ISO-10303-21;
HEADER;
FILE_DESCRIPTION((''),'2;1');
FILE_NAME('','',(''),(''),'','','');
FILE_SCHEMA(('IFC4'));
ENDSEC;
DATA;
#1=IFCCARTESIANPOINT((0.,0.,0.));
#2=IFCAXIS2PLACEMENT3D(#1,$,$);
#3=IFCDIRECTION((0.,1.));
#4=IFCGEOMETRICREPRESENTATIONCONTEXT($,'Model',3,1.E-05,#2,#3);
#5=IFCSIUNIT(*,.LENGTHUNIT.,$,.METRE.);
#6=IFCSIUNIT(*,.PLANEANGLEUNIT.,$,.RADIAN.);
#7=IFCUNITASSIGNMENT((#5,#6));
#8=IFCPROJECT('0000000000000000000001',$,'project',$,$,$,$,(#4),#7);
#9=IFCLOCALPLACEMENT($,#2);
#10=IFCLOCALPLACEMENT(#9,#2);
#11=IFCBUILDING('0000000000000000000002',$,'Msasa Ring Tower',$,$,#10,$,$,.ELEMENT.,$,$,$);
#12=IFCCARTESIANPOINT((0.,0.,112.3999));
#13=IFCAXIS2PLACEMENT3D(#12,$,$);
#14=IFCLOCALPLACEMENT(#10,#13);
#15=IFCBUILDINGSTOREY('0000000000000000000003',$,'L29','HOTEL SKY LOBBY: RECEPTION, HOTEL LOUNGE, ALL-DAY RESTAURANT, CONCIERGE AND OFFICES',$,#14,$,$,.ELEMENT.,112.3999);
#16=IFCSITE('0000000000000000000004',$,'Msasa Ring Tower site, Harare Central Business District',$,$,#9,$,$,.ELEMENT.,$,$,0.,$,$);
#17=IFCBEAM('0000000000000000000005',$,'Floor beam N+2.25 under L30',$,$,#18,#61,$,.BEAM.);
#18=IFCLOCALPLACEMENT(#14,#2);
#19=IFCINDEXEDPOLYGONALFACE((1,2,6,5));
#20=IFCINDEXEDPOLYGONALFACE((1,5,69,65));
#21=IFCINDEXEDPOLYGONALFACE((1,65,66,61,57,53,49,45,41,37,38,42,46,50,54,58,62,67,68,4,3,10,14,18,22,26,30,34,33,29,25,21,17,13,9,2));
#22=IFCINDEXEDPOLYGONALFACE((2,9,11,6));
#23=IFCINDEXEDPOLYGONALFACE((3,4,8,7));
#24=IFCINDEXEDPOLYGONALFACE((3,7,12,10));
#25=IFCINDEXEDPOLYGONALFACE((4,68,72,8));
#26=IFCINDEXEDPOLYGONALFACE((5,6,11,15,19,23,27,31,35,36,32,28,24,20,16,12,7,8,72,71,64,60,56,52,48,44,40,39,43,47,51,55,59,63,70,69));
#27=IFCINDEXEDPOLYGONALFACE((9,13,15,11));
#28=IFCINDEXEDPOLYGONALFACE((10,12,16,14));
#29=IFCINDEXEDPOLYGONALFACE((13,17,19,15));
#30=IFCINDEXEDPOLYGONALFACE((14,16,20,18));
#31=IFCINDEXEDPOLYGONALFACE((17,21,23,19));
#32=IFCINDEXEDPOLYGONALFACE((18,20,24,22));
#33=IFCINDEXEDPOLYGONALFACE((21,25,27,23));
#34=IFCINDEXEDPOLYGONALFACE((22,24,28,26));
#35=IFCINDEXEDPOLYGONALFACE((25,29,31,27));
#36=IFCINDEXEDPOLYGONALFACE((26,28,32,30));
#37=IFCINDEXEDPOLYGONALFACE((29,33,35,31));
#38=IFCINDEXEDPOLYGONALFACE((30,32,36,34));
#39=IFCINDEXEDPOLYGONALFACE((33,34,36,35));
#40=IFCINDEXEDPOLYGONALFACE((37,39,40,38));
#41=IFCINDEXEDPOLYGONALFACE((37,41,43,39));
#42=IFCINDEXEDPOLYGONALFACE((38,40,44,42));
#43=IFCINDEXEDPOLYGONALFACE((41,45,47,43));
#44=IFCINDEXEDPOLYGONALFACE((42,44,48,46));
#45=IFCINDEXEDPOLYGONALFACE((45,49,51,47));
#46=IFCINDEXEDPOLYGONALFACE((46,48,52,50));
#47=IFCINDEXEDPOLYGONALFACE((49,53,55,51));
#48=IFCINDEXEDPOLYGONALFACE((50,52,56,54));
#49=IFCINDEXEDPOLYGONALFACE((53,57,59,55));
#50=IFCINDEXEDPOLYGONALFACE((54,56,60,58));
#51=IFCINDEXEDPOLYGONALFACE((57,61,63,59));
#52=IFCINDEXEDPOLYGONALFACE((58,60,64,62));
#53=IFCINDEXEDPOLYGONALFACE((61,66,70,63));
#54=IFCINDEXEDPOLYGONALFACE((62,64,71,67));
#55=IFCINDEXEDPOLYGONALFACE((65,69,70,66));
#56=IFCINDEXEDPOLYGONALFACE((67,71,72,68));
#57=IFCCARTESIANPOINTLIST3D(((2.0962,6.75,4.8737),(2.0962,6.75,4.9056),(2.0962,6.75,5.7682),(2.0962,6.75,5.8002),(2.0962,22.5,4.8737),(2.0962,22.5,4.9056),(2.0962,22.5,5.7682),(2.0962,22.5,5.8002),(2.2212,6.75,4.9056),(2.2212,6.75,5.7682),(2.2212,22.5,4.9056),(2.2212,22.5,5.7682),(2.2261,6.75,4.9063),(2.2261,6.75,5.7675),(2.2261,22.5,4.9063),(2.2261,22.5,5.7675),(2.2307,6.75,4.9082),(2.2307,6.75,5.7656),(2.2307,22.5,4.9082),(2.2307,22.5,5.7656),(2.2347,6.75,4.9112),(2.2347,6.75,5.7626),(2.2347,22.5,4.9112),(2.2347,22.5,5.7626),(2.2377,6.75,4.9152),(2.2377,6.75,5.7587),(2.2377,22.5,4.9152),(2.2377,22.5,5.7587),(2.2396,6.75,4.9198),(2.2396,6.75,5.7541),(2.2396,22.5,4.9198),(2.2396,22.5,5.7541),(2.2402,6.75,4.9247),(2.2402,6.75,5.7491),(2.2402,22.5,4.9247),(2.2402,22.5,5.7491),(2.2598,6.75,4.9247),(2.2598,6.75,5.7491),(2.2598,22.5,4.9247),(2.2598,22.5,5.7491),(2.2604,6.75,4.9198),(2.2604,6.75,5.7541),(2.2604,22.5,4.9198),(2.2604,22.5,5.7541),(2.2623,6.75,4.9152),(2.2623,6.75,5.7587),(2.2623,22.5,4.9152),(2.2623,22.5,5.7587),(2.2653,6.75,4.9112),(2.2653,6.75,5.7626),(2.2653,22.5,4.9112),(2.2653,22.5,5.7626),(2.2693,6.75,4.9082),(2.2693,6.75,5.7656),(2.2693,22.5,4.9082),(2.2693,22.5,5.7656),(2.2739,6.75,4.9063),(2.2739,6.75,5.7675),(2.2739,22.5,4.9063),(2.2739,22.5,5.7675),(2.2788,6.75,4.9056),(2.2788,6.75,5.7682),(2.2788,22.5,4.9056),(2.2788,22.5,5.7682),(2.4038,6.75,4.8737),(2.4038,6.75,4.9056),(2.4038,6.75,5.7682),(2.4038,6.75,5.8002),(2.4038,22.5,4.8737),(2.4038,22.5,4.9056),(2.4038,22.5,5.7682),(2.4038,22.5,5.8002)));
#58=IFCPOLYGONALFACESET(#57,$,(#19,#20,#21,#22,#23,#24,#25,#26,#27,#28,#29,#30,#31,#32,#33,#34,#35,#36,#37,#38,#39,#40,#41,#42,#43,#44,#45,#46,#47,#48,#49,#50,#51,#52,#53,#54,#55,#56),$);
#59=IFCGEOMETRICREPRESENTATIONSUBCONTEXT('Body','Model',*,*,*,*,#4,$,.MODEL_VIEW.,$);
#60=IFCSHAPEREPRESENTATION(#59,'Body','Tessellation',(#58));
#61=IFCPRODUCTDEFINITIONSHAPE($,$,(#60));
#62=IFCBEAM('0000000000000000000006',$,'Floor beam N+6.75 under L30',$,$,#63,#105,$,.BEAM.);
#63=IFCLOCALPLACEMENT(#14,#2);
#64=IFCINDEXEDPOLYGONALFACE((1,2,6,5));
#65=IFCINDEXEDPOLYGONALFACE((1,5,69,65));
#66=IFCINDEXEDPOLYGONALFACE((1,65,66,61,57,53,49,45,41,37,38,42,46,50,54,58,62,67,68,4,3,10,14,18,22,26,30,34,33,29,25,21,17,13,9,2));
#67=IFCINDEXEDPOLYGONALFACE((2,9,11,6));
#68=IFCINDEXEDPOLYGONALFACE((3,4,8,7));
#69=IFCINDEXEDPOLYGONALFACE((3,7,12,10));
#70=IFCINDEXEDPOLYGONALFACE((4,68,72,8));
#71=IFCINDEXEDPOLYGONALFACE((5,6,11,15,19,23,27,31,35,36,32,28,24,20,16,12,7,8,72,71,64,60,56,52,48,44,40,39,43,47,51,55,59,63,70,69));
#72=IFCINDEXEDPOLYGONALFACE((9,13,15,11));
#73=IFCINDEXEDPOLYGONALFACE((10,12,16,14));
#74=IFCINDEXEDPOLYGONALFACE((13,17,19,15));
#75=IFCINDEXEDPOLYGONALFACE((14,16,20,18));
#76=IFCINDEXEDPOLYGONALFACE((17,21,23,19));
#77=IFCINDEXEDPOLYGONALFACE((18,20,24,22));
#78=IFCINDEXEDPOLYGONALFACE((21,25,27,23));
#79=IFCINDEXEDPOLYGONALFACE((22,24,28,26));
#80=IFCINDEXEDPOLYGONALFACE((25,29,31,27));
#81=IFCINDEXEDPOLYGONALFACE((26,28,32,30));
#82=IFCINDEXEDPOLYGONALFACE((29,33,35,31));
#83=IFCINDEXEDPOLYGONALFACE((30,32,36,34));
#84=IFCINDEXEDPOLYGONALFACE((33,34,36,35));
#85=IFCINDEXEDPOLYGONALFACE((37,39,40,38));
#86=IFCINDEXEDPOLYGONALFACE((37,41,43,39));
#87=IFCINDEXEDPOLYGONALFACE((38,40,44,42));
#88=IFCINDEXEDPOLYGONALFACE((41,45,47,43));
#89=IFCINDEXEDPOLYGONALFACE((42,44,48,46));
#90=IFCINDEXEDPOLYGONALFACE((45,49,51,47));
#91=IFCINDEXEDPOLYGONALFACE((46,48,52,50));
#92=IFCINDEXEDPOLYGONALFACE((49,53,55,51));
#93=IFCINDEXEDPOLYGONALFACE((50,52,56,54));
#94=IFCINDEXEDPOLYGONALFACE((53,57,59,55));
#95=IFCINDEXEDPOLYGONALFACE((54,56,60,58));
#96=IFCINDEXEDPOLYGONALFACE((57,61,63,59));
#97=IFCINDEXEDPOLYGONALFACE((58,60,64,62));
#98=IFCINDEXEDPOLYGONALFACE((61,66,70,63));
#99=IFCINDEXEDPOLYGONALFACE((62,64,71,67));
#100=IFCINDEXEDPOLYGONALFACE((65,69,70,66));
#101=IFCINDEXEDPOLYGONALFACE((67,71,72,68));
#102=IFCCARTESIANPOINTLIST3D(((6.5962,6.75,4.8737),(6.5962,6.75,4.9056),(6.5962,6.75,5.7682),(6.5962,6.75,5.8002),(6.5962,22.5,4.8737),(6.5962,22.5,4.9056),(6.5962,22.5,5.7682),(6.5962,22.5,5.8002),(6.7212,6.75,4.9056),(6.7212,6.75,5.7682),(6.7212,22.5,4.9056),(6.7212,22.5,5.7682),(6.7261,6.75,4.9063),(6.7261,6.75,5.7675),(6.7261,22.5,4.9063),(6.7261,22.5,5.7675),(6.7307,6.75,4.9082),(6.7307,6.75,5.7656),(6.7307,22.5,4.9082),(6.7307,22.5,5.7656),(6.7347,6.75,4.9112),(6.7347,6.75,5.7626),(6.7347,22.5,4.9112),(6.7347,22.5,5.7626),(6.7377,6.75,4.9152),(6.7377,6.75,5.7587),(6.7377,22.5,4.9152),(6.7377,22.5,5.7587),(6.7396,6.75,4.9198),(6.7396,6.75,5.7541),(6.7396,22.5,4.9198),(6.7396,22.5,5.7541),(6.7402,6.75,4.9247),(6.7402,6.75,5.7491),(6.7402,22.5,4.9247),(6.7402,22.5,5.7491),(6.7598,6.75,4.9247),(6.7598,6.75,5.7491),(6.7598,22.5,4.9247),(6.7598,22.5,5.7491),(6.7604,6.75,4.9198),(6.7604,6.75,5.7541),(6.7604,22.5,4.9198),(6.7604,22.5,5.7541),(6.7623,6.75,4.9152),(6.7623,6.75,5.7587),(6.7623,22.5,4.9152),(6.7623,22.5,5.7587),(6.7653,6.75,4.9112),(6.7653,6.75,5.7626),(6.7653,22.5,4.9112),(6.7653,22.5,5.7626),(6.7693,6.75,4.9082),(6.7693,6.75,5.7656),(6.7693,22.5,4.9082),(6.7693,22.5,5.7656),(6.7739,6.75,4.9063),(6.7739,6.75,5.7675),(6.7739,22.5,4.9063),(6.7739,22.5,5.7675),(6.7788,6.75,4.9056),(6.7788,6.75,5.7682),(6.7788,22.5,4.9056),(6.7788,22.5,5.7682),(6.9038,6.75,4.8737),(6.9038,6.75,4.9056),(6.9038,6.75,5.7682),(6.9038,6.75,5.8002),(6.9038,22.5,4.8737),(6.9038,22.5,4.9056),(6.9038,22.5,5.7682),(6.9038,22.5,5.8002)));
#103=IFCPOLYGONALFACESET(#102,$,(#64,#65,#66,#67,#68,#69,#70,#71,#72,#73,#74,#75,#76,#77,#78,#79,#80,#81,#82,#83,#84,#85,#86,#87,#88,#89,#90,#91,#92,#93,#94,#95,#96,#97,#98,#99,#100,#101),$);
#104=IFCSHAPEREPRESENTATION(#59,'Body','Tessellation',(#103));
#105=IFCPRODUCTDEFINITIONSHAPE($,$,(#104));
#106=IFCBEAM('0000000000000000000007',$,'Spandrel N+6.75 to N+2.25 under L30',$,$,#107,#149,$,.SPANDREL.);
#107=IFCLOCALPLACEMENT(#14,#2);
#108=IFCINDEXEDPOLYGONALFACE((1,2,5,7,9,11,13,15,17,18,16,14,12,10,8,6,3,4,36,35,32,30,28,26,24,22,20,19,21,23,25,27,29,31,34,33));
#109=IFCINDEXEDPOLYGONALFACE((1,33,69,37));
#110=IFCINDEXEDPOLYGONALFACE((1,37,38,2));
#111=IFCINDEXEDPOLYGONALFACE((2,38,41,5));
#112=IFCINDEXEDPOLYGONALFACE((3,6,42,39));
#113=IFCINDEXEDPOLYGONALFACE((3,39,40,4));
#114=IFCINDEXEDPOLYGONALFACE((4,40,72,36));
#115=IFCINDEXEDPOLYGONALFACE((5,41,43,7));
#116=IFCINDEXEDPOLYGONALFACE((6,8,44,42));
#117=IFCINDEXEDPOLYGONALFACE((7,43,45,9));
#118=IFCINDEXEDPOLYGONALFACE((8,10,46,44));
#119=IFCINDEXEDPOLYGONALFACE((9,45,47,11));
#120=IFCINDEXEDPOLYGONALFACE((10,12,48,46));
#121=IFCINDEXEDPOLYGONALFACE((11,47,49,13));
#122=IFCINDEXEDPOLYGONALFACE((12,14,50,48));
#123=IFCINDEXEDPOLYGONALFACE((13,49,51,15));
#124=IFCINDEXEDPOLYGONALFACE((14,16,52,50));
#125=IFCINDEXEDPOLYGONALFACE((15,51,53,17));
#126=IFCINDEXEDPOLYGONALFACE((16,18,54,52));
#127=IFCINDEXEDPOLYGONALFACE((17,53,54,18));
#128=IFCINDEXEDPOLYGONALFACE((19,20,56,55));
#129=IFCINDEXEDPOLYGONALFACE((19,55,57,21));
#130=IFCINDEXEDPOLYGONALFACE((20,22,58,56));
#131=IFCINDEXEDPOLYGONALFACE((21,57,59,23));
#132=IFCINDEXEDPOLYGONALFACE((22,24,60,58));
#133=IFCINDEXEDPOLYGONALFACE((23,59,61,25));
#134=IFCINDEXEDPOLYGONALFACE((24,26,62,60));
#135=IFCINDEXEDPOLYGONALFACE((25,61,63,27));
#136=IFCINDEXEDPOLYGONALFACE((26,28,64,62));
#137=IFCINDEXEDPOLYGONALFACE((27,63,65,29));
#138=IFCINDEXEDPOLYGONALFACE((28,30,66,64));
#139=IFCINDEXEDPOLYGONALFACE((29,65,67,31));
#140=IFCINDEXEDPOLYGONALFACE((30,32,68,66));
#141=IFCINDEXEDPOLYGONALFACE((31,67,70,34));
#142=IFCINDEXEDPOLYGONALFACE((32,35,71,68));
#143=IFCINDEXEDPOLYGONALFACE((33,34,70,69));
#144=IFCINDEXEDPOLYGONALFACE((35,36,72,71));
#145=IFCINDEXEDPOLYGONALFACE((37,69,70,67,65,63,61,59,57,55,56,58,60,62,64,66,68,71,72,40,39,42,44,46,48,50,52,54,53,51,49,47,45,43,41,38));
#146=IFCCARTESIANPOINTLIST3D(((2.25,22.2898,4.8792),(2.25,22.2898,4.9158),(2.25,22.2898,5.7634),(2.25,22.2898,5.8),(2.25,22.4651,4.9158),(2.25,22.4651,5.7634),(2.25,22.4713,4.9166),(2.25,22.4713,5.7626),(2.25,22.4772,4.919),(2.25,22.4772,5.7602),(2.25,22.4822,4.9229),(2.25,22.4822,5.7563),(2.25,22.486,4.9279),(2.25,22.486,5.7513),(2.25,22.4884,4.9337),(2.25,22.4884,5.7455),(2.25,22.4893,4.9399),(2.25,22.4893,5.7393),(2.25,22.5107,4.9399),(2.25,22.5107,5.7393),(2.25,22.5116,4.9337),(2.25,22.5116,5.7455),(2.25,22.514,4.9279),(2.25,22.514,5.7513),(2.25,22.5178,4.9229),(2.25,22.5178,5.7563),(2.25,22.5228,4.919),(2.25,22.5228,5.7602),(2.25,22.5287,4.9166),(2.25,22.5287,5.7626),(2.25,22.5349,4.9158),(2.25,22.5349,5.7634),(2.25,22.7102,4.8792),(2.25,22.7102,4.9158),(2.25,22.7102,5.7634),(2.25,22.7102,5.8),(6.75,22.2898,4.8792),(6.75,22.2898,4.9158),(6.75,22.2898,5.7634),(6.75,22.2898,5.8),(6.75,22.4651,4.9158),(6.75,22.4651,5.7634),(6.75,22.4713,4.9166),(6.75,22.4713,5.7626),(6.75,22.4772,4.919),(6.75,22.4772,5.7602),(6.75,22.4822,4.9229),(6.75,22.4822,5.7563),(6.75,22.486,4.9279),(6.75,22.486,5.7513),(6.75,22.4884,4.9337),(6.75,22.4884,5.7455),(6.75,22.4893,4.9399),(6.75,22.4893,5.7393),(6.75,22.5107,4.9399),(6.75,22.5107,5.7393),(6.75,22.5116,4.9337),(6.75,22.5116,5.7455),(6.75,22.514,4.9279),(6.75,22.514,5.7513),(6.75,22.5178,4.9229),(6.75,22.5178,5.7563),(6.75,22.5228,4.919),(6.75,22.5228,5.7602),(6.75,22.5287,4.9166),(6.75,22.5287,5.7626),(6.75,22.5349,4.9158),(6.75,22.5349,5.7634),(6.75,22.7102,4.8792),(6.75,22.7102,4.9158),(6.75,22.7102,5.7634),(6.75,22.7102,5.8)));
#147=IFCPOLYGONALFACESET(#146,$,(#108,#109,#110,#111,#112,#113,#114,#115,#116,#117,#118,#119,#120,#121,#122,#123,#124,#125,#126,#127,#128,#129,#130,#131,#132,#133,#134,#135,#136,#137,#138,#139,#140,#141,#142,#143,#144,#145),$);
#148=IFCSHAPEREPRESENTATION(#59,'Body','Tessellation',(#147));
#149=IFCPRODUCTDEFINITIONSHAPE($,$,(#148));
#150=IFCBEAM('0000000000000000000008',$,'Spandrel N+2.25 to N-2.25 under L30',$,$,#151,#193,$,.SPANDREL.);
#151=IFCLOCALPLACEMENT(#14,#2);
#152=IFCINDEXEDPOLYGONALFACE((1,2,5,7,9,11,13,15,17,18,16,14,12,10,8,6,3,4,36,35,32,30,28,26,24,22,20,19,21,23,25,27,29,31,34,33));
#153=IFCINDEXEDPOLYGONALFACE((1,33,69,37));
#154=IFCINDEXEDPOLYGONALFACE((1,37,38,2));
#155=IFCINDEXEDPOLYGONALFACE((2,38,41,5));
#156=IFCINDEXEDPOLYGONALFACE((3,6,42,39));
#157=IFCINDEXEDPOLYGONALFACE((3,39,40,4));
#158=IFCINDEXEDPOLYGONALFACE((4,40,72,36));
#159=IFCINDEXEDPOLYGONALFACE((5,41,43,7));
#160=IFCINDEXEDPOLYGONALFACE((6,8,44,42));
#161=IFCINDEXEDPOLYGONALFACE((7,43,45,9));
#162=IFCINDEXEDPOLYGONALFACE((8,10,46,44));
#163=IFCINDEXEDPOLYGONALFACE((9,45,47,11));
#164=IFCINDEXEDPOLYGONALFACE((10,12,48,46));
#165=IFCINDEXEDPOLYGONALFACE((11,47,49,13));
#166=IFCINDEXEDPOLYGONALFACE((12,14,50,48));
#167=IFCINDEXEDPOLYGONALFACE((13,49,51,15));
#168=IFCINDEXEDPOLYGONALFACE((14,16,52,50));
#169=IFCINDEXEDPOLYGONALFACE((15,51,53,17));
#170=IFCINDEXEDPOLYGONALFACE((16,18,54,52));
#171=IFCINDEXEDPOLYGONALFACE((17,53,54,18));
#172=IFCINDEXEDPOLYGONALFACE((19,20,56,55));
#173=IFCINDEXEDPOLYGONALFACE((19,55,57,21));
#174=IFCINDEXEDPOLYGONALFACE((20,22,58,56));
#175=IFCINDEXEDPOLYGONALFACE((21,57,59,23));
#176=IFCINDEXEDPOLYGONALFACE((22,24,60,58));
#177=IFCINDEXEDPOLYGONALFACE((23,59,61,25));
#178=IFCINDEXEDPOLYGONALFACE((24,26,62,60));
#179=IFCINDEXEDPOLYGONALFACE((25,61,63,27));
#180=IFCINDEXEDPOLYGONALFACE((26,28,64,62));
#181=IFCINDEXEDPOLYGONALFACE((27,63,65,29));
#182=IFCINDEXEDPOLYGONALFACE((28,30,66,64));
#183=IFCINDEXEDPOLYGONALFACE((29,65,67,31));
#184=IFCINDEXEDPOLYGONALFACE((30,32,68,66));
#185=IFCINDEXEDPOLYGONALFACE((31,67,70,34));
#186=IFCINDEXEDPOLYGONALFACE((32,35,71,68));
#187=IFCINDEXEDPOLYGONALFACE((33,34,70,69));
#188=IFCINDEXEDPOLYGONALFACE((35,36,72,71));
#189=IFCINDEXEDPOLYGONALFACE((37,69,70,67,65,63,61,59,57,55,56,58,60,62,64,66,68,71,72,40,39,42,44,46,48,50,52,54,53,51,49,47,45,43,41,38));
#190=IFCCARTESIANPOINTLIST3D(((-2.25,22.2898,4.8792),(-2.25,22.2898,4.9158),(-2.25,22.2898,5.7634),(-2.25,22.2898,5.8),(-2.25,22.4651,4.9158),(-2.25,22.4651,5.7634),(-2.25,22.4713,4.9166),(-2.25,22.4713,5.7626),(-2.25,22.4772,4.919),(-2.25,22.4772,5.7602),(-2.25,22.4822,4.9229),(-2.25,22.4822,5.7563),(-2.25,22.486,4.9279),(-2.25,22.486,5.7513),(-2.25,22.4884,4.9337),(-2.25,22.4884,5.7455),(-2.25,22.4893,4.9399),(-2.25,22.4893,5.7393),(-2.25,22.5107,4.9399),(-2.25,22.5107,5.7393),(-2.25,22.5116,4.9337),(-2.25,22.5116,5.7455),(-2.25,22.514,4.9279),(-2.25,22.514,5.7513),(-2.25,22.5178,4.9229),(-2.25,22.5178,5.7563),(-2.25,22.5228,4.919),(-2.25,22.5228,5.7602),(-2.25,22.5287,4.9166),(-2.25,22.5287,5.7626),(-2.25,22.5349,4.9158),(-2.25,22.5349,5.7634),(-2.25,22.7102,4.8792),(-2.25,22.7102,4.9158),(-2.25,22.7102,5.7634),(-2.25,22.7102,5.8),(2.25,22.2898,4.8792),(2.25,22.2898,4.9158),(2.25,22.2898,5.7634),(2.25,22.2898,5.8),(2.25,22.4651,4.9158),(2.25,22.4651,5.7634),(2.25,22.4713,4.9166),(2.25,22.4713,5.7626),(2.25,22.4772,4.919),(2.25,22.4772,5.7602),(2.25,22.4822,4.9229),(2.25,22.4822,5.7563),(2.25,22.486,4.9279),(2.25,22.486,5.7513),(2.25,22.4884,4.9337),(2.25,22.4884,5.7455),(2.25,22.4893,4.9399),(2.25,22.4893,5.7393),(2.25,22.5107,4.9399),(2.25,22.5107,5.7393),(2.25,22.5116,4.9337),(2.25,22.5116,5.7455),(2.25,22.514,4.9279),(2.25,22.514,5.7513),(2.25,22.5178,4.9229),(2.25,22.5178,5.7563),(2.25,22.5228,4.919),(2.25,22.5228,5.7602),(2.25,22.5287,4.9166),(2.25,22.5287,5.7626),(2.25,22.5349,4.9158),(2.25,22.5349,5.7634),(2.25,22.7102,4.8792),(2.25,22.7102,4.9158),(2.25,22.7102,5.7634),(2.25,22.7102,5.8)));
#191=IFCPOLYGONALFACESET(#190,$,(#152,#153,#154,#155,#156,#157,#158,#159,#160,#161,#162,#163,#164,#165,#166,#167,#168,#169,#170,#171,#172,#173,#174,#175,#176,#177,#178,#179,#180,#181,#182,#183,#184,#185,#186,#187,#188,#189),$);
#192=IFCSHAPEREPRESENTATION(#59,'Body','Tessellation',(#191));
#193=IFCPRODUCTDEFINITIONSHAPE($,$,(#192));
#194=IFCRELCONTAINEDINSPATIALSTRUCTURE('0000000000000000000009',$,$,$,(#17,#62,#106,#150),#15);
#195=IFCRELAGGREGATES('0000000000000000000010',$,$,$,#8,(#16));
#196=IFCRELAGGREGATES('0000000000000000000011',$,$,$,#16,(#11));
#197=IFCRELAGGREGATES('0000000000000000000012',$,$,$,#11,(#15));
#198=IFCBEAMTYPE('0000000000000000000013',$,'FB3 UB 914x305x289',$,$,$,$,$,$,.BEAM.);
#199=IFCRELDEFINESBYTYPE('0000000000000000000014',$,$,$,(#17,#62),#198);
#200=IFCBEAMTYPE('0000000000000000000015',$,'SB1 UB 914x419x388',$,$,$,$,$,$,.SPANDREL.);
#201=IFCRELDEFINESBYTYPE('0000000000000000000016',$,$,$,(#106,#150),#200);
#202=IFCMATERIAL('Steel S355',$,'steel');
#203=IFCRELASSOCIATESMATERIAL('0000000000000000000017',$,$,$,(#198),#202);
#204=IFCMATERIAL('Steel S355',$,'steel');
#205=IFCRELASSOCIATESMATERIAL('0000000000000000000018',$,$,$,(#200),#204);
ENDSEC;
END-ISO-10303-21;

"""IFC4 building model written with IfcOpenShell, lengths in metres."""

from ifc_helpers import new_model, si_unit, direction, frame, origin, origin_2d, place, context, subcontext, project, spatial, i_section, extrude, material, material_profile, profile_set, type_object, element, save


model = new_model("IFC4")

# Units and contexts
model_context = context("Model", 3, precision=1e-05, world=origin(), true_north=direction((0.0, 1.0)))
body_context = subcontext(model_context, "Body", "Model", "MODEL_VIEW")
ifc_project = project(units=[si_unit("LENGTHUNIT", "METRE"), si_unit("PLANEANGLEUNIT", "RADIAN")], contexts=[model_context])

# Site, building, storey
site_placement = place(None, origin())
site = spatial("IfcSite", under=ifc_project, at=site_placement, Name="Msasa Ring Tower site, Harare Central Business District", CompositionType="ELEMENT", RefElevation=0.0)
building_placement = place(site_placement, origin())
building = spatial("IfcBuilding", under=site, at=building_placement, Name="Msasa Ring Tower", CompositionType="ELEMENT")
storey_placement = place(building_placement, frame((0.0, 0.0, 112.3999)))
storey = spatial("IfcBuildingStorey", under=building, at=storey_placement, Name="L29", Description="HOTEL SKY LOBBY: RECEPTION, HOTEL LOUNGE, ALL-DAY RESTAURANT, CONCIERGE AND OFFICES", CompositionType="ELEMENT", Elevation=112.3999)

# Beams
ifc_material_1 = material(Name="Steel S355", Category="steel")
ifc_material_profile_1 = material_profile(ifc_material_1, i_section(OverallWidth=0.3076, OverallDepth=0.9265, WebThickness=0.0195, FlangeThickness=0.032, FilletRadius=0.019, at=origin_2d()), Name="UB 914x305x289")
ifc_profile_set_1 = profile_set([ifc_material_profile_1], Name="Steel S355")
beam_type_1 = type_object("IfcBeamType", Name="FB3 UB 914x305x289", PredefinedType="BEAM", material=ifc_profile_set_1)
for number, where, z_axis, x_axis, name in (
    (1, (2.25, 22.5, 5.3369), (0.0, -1.0, 0.0), (1.0, 0.0, 0.0), "Floor beam N+2.25 under L30"),
    (2, (6.75, 22.5, 5.3369), (0.0, -1.0, 0.0), (1.0, 0.0, 0.0), "Floor beam N+6.75 under L30"),
):
    element("IfcBeam", number, at=place(storey_placement, frame(where, z_axis=z_axis, x_axis=x_axis)), inside=storey, type_object=beam_type_1, Name=name, PredefinedType="BEAM", context=body_context, shape_type="SweptSolid", body=[
        extrude(i_section(OverallWidth=0.3076, OverallDepth=0.9265, WebThickness=0.0195, FlangeThickness=0.032, FilletRadius=0.019, at=origin_2d()), origin(), (0.0, 0.0, 1.0), 15.75),
    ])
ifc_material_2 = material(Name="Steel S355", Category="steel")
ifc_material_profile_2 = material_profile(ifc_material_2, i_section(OverallWidth=0.4204, OverallDepth=0.9209, WebThickness=0.0215, FlangeThickness=0.0366, FilletRadius=0.0242, at=origin_2d()), Name="UB 914x419x388")
ifc_profile_set_2 = profile_set([ifc_material_profile_2], Name="Steel S355")
beam_type_2 = type_object("IfcBeamType", Name="SB1 UB 914x419x388", PredefinedType="SPANDREL", material=ifc_profile_set_2)
for number, where, z_axis, x_axis, name in (
    (3, (6.75, 22.5, 5.3396), (-1.0, 0.0, 0.0), (0.0, -1.0, 0.0), "Spandrel N+6.75 to N+2.25 under L30"),
    (4, (2.25, 22.5, 5.3396), (-1.0, 0.0, 0.0), (0.0, -1.0, 0.0), "Spandrel N+2.25 to N-2.25 under L30"),
):
    element("IfcBeam", number, at=place(storey_placement, frame(where, z_axis=z_axis, x_axis=x_axis)), inside=storey, type_object=beam_type_2, Name=name, PredefinedType="SPANDREL", context=body_context, shape_type="SweptSolid", body=[
        extrude(i_section(OverallWidth=0.4204, OverallDepth=0.9209, WebThickness=0.0215, FlangeThickness=0.0366, FilletRadius=0.0242, at=origin_2d()), origin(), (0.0, 0.0, 1.0), 4.5),
    ])

save(model, "model.ifc")
